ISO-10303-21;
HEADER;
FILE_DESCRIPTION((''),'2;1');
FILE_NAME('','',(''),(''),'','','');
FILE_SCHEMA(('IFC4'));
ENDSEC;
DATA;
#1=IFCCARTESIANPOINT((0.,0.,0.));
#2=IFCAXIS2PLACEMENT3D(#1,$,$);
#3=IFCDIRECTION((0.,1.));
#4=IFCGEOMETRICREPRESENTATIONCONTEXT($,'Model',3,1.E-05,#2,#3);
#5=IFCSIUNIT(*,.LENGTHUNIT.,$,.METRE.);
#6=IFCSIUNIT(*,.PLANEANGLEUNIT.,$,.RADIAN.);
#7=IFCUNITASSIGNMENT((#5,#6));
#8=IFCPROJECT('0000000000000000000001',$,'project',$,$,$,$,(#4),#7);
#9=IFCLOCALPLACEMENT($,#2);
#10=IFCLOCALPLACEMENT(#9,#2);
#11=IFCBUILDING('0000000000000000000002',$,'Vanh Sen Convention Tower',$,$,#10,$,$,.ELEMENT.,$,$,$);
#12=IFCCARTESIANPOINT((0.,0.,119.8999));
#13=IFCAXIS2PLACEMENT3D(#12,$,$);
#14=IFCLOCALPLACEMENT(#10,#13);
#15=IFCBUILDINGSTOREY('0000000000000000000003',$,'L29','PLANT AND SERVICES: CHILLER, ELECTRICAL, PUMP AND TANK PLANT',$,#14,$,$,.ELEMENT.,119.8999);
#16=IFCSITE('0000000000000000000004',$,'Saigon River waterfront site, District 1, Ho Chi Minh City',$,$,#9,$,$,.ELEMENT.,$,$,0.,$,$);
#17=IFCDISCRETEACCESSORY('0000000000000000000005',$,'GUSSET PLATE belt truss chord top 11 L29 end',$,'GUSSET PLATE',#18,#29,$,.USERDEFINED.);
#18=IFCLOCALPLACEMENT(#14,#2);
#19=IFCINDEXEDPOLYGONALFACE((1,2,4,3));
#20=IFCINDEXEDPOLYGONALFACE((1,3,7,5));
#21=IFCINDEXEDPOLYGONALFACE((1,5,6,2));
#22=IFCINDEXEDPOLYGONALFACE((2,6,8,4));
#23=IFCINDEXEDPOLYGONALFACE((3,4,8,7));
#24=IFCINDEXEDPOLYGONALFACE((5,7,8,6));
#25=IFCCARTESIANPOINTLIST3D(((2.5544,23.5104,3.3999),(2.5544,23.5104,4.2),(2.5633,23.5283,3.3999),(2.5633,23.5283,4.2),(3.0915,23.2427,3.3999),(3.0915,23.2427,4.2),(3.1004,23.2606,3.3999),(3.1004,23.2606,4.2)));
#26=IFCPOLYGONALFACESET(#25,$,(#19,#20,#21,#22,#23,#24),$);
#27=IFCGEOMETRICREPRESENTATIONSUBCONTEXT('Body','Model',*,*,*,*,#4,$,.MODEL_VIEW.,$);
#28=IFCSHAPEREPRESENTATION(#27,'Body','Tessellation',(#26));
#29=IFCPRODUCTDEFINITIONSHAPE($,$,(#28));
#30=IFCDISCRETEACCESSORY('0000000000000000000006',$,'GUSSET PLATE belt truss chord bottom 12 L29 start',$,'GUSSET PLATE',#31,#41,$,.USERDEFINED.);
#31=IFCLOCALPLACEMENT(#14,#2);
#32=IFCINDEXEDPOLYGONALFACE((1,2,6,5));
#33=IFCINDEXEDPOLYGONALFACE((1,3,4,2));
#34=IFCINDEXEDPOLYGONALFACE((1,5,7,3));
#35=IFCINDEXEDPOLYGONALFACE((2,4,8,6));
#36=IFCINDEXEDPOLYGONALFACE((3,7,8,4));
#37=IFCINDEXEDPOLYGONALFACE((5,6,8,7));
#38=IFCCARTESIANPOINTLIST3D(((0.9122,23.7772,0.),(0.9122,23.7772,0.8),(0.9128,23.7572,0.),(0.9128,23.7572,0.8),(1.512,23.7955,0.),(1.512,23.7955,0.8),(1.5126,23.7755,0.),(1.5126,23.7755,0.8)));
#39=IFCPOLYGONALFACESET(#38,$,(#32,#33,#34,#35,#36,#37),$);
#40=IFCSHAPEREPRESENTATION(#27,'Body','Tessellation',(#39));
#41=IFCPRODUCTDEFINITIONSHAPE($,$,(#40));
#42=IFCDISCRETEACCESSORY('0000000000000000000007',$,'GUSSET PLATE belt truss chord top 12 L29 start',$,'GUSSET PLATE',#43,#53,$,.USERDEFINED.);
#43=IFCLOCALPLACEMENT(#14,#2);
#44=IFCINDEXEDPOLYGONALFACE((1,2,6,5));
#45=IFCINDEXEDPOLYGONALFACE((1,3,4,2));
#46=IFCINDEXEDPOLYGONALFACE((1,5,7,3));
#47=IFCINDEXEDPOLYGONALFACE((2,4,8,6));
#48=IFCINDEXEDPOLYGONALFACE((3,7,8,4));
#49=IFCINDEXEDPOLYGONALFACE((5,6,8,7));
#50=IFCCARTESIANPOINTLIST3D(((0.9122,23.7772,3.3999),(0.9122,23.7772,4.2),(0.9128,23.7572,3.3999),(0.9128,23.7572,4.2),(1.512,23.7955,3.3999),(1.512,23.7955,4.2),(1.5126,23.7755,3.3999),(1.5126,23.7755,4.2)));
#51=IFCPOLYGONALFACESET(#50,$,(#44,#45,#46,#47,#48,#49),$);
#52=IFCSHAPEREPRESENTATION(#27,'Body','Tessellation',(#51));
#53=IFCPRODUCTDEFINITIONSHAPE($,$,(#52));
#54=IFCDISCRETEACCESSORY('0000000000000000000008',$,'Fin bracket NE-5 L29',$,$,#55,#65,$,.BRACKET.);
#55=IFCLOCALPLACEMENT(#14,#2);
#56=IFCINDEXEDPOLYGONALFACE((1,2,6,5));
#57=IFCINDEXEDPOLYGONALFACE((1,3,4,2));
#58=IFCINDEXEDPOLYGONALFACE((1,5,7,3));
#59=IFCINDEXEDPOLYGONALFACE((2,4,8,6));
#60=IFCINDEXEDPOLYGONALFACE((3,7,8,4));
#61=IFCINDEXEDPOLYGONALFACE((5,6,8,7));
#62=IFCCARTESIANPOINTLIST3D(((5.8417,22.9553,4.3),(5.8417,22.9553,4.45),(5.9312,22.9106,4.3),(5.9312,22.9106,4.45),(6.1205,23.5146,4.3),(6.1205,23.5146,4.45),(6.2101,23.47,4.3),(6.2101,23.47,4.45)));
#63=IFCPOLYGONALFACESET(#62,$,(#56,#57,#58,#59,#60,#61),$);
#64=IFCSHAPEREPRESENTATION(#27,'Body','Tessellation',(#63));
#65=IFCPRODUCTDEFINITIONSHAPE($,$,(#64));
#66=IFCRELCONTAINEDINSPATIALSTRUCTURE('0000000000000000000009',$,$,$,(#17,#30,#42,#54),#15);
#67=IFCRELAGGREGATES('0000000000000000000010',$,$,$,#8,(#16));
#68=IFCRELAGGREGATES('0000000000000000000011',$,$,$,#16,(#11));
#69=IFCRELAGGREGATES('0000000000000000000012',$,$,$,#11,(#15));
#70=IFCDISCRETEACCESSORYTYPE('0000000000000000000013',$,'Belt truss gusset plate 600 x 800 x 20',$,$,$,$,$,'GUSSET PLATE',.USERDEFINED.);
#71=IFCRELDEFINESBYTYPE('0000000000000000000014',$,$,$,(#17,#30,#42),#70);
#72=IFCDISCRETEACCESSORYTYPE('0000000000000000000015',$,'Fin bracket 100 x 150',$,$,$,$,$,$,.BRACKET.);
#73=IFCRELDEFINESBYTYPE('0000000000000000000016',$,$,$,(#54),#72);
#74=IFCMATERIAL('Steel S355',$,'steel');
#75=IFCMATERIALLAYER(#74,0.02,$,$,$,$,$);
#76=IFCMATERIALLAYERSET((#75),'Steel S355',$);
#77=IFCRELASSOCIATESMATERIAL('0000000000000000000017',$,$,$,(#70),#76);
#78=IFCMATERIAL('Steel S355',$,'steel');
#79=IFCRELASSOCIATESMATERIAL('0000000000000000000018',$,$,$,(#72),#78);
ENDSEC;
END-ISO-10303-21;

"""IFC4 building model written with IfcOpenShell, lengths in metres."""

from ifc_helpers import new_model, si_unit, direction, frame, origin, origin_2d, place, context, subcontext, project, spatial, rectangle, extrude, material, layer, layer_set, type_object, element, save


model = new_model("IFC4")

# Units and contexts
model_context = context("Model", 3, precision=1e-05, world=origin(), true_north=direction((0.0, 1.0)))
body_context = subcontext(model_context, "Body", "Model", "MODEL_VIEW")
ifc_project = project(units=[si_unit("LENGTHUNIT", "METRE"), si_unit("PLANEANGLEUNIT", "RADIAN")], contexts=[model_context])

# Site, building, storey
site_placement = place(None, origin())
site = spatial("IfcSite", under=ifc_project, at=site_placement, Name="Saigon River waterfront site, District 1, Ho Chi Minh City", CompositionType="ELEMENT", RefElevation=0.0)
building_placement = place(site_placement, origin())
building = spatial("IfcBuilding", under=site, at=building_placement, Name="Vanh Sen Convention Tower", CompositionType="ELEMENT")
storey_placement = place(building_placement, frame((0.0, 0.0, 119.8999)))
storey = spatial("IfcBuildingStorey", under=building, at=storey_placement, Name="L29", Description="PLANT AND SERVICES: CHILLER, ELECTRICAL, PUMP AND TANK PLANT", CompositionType="ELEMENT", Elevation=119.8999)

# Shared definitions
ifc_material_1 = material(Name="Steel S355", Category="steel")

# Discrete accessories
ifc_layer_1 = layer(ifc_material_1, 0.02)
ifc_layer_set_1 = layer_set([ifc_layer_1], Name="Steel S355")
discrete_accessory_type_1 = type_object("IfcDiscreteAccessoryType", Name="Belt truss gusset plate 600 x 800 x 20", ElementType="GUSSET PLATE", PredefinedType="USERDEFINED", material=ifc_layer_set_1)
for number, where, z_axis, x_axis, name in (
    (1, (2.8274, 23.3855, 3.3999), (0.0, 0.0, 1.0), (0.894935, -0.446196, 0.0), "GUSSET PLATE belt truss chord top 11 L29 end"),
    (2, (1.2124, 23.7764, 0.0), (0.0, 0.0, 1.0), (-0.999534, -0.030537, 0.0), "GUSSET PLATE belt truss chord bottom 12 L29 start"),
    (3, (1.2124, 23.7764, 3.3999), (0.0, 0.0, 1.0), (-0.999534, -0.030537, 0.0), "GUSSET PLATE belt truss chord top 12 L29 start"),
):
    element("IfcDiscreteAccessory", number, at=place(storey_placement, frame(where, z_axis=z_axis, x_axis=x_axis)), inside=storey, type_object=discrete_accessory_type_1, Name=name, ObjectType="GUSSET PLATE", PredefinedType="USERDEFINED", context=body_context, shape_type="SweptSolid", body=[
        extrude(rectangle(XDim=0.6001, YDim=0.02, at=origin_2d()), origin(), (0.0, 0.0, 1.0), 0.8),
    ])
ifc_material_2 = material(Name="Steel S355", Category="steel")
discrete_accessory_type_2 = type_object("IfcDiscreteAccessoryType", Name="Fin bracket 100 x 150", PredefinedType="BRACKET", material=ifc_material_2)
discrete_accessory_placement = place(storey_placement, frame((6.0259, 23.2126, 4.3), z_axis=(0.0, 0.0, 1.0), x_axis=(0.446198, 0.894934, 0.0)))
element("IfcDiscreteAccessory", 4, at=discrete_accessory_placement, inside=storey, type_object=discrete_accessory_type_2, Name="Fin bracket NE-5 L29", PredefinedType="BRACKET", context=body_context, shape_type="SweptSolid", body=[
    extrude(rectangle(XDim=0.625, YDim=0.1001, at=origin_2d()), origin(), (0.0, 0.0, 1.0), 0.1499),
])

save(model, "model.ifc")
